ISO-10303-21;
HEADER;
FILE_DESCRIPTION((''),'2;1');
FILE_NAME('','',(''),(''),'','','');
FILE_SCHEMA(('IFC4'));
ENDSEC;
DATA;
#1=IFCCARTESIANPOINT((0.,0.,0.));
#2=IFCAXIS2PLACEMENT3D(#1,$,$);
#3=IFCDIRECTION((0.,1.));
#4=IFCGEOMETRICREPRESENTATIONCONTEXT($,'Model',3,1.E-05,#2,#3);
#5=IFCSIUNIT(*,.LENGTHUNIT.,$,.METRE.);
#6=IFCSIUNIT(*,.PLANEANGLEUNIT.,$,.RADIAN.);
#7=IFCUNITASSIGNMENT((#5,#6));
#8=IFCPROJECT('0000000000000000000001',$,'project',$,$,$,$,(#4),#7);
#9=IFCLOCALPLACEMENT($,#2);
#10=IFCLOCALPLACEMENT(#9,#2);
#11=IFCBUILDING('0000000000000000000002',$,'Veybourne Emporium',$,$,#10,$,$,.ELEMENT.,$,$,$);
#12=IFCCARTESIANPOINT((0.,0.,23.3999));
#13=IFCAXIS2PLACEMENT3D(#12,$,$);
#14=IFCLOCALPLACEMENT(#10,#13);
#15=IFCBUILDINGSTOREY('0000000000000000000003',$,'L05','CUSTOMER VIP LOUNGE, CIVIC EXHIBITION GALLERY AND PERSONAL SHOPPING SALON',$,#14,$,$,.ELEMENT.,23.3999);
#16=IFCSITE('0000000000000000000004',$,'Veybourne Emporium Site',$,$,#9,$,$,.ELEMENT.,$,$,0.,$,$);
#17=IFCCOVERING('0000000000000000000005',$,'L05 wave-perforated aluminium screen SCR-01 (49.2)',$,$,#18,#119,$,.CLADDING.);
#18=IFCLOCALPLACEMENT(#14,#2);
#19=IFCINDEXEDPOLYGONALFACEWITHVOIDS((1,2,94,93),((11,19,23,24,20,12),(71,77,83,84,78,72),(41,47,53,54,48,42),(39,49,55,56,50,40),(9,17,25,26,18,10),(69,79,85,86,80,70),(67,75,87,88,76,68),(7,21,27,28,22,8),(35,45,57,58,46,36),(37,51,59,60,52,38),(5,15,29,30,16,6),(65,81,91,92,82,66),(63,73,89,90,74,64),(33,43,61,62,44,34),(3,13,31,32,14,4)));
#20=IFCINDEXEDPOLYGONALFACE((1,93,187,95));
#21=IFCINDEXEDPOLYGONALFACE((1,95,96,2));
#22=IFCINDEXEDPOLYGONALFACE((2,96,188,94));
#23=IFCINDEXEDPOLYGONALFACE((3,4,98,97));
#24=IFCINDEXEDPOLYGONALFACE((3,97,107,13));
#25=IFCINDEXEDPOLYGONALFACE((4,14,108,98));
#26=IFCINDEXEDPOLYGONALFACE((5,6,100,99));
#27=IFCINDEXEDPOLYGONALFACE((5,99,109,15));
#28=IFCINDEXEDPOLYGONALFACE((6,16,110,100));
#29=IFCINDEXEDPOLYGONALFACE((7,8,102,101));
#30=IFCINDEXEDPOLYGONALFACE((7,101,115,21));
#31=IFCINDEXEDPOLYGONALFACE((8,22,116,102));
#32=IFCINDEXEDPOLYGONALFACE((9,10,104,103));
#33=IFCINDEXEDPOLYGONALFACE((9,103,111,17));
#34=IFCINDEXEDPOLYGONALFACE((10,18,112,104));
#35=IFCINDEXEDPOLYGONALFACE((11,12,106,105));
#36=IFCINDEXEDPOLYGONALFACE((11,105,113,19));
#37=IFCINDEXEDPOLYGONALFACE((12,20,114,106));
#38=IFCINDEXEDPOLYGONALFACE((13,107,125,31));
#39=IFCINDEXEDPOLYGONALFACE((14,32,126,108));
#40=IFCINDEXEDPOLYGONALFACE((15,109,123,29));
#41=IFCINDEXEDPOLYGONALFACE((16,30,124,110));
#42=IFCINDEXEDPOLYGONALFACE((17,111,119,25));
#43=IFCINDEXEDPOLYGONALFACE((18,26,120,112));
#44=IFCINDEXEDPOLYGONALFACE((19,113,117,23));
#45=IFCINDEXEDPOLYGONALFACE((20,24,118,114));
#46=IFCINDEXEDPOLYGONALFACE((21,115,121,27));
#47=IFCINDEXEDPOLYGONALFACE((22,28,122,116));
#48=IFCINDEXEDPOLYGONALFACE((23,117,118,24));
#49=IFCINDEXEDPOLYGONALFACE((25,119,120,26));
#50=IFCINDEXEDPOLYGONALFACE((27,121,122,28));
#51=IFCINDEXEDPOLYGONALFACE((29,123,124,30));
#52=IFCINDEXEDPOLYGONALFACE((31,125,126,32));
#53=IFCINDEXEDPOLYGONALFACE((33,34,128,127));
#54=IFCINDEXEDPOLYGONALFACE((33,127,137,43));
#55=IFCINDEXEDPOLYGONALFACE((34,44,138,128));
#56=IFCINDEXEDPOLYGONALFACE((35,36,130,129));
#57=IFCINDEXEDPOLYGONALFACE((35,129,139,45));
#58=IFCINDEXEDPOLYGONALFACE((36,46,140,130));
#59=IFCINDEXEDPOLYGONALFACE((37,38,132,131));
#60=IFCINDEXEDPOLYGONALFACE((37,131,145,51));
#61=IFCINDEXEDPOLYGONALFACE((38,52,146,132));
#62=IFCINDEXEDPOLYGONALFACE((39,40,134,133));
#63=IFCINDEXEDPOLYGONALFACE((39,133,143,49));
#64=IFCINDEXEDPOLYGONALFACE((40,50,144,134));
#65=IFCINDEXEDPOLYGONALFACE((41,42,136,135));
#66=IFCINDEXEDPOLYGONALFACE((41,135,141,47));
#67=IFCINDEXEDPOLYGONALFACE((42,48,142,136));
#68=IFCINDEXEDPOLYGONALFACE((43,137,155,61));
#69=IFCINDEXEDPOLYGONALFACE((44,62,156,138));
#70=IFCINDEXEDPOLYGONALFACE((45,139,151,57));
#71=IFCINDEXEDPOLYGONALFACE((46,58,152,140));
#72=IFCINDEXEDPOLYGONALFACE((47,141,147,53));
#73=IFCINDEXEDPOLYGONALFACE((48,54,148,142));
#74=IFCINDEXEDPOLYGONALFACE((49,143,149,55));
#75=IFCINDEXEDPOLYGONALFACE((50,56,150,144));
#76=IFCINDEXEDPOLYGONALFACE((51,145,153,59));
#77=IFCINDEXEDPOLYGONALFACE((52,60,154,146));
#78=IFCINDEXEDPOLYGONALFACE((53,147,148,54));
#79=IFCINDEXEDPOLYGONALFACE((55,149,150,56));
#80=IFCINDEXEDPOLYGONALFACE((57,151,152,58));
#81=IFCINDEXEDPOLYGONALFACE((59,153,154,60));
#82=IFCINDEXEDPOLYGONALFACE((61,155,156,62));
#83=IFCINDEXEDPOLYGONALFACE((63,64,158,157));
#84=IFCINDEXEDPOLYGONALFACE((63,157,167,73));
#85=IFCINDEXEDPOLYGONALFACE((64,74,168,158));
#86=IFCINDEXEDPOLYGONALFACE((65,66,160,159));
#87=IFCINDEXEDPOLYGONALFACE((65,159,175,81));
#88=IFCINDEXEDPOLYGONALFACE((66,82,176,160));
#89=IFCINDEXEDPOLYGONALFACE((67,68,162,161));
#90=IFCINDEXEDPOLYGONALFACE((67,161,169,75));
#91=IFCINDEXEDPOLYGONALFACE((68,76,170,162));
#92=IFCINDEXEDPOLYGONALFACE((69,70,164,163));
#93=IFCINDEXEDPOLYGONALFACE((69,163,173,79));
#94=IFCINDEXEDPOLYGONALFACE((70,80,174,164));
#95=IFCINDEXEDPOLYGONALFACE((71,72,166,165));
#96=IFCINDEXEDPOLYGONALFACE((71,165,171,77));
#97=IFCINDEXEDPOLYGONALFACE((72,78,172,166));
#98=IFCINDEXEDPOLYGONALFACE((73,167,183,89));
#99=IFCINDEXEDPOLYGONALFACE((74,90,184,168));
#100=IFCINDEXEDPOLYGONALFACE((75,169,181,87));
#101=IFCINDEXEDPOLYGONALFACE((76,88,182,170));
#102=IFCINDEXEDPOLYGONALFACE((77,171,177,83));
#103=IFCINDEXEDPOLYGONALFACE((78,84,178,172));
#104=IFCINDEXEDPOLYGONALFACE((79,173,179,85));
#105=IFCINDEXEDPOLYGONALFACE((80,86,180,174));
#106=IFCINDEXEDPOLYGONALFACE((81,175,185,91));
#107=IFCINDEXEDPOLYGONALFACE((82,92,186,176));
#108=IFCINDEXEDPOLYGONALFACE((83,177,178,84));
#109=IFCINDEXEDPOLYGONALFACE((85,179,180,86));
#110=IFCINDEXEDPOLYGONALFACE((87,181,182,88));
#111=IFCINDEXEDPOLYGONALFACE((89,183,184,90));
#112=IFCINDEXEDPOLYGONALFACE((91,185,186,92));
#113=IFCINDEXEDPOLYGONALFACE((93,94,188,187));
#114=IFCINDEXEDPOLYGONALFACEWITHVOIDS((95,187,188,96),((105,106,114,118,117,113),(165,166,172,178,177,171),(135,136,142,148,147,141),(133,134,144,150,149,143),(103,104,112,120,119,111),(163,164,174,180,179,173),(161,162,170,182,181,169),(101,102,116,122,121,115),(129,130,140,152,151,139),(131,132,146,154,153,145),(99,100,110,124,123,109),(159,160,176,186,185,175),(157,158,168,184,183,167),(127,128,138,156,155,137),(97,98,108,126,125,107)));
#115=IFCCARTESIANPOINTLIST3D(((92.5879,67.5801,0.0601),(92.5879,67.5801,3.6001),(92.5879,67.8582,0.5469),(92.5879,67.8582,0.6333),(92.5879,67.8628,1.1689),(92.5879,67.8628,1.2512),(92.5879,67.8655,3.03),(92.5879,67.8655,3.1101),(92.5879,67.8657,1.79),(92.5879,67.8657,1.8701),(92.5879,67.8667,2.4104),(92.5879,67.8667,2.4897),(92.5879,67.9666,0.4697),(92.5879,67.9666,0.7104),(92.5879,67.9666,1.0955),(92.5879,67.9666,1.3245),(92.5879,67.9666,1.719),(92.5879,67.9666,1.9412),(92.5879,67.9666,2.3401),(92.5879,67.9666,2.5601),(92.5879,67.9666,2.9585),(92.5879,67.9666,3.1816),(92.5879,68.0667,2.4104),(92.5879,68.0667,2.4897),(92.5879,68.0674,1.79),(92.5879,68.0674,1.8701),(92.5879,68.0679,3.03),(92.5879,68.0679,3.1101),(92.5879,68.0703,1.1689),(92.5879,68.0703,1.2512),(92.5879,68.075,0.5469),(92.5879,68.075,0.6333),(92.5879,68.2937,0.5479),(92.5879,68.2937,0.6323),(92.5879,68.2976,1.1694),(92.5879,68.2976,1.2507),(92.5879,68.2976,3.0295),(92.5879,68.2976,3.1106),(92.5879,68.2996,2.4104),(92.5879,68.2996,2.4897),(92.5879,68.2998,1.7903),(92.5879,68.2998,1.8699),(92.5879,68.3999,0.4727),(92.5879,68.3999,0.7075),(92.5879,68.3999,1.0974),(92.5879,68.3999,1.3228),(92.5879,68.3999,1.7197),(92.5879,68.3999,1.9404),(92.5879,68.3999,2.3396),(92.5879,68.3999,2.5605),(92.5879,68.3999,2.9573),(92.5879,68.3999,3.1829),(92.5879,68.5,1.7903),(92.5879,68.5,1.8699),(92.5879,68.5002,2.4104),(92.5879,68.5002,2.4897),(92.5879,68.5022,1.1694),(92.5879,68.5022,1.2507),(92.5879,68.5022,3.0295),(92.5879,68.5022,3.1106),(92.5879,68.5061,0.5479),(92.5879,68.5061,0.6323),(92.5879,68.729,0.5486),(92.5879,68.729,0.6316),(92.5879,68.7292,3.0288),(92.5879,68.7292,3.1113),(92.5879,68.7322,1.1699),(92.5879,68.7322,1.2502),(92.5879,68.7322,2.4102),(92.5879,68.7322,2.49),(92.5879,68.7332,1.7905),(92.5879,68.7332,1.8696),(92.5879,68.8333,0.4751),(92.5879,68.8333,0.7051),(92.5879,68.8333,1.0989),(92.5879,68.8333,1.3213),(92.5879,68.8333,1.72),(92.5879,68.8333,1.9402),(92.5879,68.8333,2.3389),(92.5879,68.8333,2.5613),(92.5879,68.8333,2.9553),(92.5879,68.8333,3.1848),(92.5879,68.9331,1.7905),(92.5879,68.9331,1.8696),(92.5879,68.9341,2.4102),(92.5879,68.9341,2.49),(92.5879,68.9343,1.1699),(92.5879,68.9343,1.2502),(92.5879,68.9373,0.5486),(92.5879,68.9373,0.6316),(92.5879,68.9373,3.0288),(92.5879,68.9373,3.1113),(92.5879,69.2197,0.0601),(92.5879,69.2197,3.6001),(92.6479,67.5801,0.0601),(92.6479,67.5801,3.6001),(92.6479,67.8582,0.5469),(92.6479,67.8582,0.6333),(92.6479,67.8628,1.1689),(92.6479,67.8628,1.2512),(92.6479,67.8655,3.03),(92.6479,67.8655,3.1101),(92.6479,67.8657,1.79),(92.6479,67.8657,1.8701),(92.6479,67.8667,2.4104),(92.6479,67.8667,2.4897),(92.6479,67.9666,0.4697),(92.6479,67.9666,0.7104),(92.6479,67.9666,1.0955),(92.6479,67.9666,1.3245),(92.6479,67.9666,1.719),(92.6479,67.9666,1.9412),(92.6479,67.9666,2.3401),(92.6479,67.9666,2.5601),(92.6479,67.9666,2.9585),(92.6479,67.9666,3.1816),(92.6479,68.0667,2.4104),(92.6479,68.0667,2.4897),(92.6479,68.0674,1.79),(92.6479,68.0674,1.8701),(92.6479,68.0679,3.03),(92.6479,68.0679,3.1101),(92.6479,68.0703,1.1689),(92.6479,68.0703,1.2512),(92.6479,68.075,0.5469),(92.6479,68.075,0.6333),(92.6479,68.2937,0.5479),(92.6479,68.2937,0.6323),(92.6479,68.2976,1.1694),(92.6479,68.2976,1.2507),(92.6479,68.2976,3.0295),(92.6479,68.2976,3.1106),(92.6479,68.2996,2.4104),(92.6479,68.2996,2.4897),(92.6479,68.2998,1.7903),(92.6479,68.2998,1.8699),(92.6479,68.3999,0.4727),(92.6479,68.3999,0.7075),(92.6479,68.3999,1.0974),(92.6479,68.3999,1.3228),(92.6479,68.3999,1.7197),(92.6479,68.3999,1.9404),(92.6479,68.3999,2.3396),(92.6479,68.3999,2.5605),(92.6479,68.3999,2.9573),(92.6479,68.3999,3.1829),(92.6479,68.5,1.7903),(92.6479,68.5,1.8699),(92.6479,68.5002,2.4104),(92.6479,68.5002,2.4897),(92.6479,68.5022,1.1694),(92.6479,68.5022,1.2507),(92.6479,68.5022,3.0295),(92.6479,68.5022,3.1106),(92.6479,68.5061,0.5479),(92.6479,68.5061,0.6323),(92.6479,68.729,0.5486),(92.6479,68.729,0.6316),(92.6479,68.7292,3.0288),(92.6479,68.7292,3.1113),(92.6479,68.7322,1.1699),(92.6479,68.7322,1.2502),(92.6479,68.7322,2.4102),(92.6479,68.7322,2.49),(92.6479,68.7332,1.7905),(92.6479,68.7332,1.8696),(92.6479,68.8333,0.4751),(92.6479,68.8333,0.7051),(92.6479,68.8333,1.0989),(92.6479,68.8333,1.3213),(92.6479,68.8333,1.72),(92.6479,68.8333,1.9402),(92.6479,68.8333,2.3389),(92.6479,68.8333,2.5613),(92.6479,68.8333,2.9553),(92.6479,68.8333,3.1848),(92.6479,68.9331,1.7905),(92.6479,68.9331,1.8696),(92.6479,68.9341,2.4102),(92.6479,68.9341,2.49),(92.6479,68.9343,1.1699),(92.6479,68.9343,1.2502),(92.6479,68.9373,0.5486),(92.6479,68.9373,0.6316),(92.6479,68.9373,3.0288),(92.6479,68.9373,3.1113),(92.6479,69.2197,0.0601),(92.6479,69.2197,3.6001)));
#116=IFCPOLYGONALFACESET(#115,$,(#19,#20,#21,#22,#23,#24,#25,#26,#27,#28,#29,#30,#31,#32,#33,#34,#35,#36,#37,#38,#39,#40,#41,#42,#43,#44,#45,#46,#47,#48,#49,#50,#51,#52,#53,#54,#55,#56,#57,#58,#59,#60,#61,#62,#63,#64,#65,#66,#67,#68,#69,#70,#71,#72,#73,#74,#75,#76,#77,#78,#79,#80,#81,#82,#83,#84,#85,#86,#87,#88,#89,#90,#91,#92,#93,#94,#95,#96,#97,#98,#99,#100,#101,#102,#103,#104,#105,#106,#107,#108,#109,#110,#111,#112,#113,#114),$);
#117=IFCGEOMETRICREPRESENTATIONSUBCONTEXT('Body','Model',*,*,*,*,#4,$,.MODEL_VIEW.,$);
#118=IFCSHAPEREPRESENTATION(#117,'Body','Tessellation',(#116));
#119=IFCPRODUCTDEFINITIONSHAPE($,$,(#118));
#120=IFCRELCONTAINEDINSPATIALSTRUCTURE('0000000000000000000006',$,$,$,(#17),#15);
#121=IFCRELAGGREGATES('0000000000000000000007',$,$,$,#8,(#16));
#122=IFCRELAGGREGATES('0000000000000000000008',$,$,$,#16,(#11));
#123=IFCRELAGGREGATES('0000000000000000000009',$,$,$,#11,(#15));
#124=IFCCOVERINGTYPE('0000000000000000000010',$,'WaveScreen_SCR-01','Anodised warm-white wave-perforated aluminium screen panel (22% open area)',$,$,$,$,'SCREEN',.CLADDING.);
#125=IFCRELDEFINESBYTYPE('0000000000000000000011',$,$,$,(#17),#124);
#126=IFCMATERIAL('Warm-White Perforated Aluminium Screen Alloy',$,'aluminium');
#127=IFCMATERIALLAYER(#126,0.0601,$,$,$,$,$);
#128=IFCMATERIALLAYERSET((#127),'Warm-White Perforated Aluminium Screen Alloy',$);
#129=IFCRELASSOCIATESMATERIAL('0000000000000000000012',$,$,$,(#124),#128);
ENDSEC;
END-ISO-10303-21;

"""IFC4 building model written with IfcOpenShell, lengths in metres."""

from ifc_helpers import new_model, si_unit, direction, frame, origin, place, context, subcontext, project, spatial, polyline, outline, extrude, material, layer, layer_set, type_object, element, save


model = new_model("IFC4")

# Units and contexts
model_context = context("Model", 3, precision=1e-05, world=origin(), true_north=direction((0.0, 1.0)))
body_context = subcontext(model_context, "Body", "Model", "MODEL_VIEW")
ifc_project = project(units=[si_unit("LENGTHUNIT", "METRE"), si_unit("PLANEANGLEUNIT", "RADIAN")], contexts=[model_context])

# Site, building, storey
site_placement = place(None, origin())
site = spatial("IfcSite", under=ifc_project, at=site_placement, Name="Veybourne Emporium Site", CompositionType="ELEMENT", RefElevation=0.0)
building_placement = place(site_placement, origin())
building = spatial("IfcBuilding", under=site, at=building_placement, Name="Veybourne Emporium", CompositionType="ELEMENT")
storey_placement = place(building_placement, frame((0.0, 0.0, 23.3999)))
storey = spatial("IfcBuildingStorey", under=building, at=storey_placement, Name="L05", Description="CUSTOMER VIP LOUNGE, CIVIC EXHIBITION GALLERY AND PERSONAL SHOPPING SALON", CompositionType="ELEMENT", Elevation=23.3999)

# Covering
ifc_material_1 = material(Name="Warm-White Perforated Aluminium Screen Alloy", Category="aluminium")
ifc_layer_1 = layer(ifc_material_1, 0.0601)
ifc_layer_set_1 = layer_set([ifc_layer_1], Name="Warm-White Perforated Aluminium Screen Alloy")
covering_type_1 = type_object("IfcCoveringType", Name="WaveScreen_SCR-01", Description="Anodised warm-white wave-perforated aluminium screen panel (22% open area)", ElementType="SCREEN", PredefinedType="CLADDING", material=ifc_layer_set_1)
covering_1_placement = place(storey_placement, frame((92.6479, 68.3999, 1.8301), z_axis=(-1.0, 0.0, 0.0), x_axis=(0.0, -1.0, 0.0)))
element("IfcCovering", 1, at=covering_1_placement, inside=storey, type_object=covering_type_1, Name="L05 wave-perforated aluminium screen SCR-01 (49.2)", PredefinedType="CLADDING", context=body_context, shape_type="SweptSolid", body=[
    extrude(outline(polyline([(-0.8198, -1.77), (0.8198, -1.77), (0.8198, 1.77), (-0.8198, 1.77), (-0.8198, -1.77)]), holes=[polyline([(-0.4333, -1.125), (-0.3291, -1.1985), (-0.3291, -1.2815), (-0.4333, -1.355), (-0.5374, -1.2815), (-0.5374, -1.1985), (-0.4333, -1.125)]), polyline([(-0.4333, -0.5088), (-0.3323, -0.5798), (-0.3323, -0.6602), (-0.4333, -0.7312), (-0.5344, -0.6602), (-0.5344, -0.5798), (-0.4333, -0.5088)]), polyline([(-0.4333, 0.1101), (-0.3333, 0.0396), (-0.3333, -0.0396), (-0.4333, -0.1101), (-0.5332, -0.0396), (-0.5332, 0.0396), (-0.4333, 0.1101)]), polyline([(-0.4333, 0.7312), (-0.3323, 0.6599), (-0.3323, 0.5801), (-0.4333, 0.5088), (-0.5342, 0.5801), (-0.5342, 0.6599), (-0.4333, 0.7312)]), polyline([(-0.4333, 1.3547), (-0.3293, 1.2812), (-0.3293, 1.1987), (-0.4333, 1.1252), (-0.5374, 1.1987), (-0.5374, 1.2812), (-0.4333, 1.3547)]), polyline([(0.0, -1.1226), (0.1062, -1.1978), (0.1062, -1.2822), (0.0, -1.3574), (-0.1062, -1.2822), (-0.1062, -1.1978), (0.0, -1.1226)]), polyline([(0.0, -0.5073), (0.1023, -0.5793), (0.1023, -0.6606), (0.0, -0.7327), (-0.1023, -0.6606), (-0.1023, -0.5793), (0.0, -0.5073)]), polyline([(0.0, 0.1104), (0.1001, 0.0398), (0.1001, -0.0398), (0.0, -0.1104), (-0.1001, -0.0398), (-0.1001, 0.0398), (0.0, 0.1104)]), polyline([(0.0, 0.7305), (0.1003, 0.6597), (0.1003, 0.5803), (0.0, 0.5095), (-0.1003, 0.5803), (-0.1003, 0.6597), (0.0, 0.7305)]), polyline([(0.0, 1.3528), (0.1023, 1.2805), (0.1023, 1.1995), (0.0, 1.1272), (-0.1023, 1.1995), (-0.1023, 1.2805), (0.0, 1.3528)]), polyline([(0.4333, -1.1196), (0.5417, -1.1968), (0.5417, -1.2832), (0.4333, -1.3604), (0.325, -1.2832), (0.325, -1.1968), (0.4333, -1.1196)]), polyline([(0.4333, -0.5056), (0.5371, -0.5789), (0.5371, -0.6611), (0.4333, -0.7346), (0.3296, -0.6611), (0.3296, -0.5789), (0.4333, -0.5056)]), polyline([(0.4333, 0.1111), (0.5342, 0.04), (0.5342, -0.04), (0.4333, -0.1111), (0.3325, -0.04), (0.3325, 0.04), (0.4333, 0.1111)]), polyline([(0.4333, 0.73), (0.5332, 0.6597), (0.5332, 0.5803), (0.4333, 0.51), (0.3333, 0.5803), (0.3333, 0.6597), (0.4333, 0.73)]), polyline([(0.4333, 1.3516), (0.5344, 1.28), (0.5344, 1.2), (0.4333, 1.1284), (0.332, 1.2), (0.332, 1.28), (0.4333, 1.3516)])]), origin(), (0.0, 0.0, 1.0), 0.0601),
])

save(model, "model.ifc")
